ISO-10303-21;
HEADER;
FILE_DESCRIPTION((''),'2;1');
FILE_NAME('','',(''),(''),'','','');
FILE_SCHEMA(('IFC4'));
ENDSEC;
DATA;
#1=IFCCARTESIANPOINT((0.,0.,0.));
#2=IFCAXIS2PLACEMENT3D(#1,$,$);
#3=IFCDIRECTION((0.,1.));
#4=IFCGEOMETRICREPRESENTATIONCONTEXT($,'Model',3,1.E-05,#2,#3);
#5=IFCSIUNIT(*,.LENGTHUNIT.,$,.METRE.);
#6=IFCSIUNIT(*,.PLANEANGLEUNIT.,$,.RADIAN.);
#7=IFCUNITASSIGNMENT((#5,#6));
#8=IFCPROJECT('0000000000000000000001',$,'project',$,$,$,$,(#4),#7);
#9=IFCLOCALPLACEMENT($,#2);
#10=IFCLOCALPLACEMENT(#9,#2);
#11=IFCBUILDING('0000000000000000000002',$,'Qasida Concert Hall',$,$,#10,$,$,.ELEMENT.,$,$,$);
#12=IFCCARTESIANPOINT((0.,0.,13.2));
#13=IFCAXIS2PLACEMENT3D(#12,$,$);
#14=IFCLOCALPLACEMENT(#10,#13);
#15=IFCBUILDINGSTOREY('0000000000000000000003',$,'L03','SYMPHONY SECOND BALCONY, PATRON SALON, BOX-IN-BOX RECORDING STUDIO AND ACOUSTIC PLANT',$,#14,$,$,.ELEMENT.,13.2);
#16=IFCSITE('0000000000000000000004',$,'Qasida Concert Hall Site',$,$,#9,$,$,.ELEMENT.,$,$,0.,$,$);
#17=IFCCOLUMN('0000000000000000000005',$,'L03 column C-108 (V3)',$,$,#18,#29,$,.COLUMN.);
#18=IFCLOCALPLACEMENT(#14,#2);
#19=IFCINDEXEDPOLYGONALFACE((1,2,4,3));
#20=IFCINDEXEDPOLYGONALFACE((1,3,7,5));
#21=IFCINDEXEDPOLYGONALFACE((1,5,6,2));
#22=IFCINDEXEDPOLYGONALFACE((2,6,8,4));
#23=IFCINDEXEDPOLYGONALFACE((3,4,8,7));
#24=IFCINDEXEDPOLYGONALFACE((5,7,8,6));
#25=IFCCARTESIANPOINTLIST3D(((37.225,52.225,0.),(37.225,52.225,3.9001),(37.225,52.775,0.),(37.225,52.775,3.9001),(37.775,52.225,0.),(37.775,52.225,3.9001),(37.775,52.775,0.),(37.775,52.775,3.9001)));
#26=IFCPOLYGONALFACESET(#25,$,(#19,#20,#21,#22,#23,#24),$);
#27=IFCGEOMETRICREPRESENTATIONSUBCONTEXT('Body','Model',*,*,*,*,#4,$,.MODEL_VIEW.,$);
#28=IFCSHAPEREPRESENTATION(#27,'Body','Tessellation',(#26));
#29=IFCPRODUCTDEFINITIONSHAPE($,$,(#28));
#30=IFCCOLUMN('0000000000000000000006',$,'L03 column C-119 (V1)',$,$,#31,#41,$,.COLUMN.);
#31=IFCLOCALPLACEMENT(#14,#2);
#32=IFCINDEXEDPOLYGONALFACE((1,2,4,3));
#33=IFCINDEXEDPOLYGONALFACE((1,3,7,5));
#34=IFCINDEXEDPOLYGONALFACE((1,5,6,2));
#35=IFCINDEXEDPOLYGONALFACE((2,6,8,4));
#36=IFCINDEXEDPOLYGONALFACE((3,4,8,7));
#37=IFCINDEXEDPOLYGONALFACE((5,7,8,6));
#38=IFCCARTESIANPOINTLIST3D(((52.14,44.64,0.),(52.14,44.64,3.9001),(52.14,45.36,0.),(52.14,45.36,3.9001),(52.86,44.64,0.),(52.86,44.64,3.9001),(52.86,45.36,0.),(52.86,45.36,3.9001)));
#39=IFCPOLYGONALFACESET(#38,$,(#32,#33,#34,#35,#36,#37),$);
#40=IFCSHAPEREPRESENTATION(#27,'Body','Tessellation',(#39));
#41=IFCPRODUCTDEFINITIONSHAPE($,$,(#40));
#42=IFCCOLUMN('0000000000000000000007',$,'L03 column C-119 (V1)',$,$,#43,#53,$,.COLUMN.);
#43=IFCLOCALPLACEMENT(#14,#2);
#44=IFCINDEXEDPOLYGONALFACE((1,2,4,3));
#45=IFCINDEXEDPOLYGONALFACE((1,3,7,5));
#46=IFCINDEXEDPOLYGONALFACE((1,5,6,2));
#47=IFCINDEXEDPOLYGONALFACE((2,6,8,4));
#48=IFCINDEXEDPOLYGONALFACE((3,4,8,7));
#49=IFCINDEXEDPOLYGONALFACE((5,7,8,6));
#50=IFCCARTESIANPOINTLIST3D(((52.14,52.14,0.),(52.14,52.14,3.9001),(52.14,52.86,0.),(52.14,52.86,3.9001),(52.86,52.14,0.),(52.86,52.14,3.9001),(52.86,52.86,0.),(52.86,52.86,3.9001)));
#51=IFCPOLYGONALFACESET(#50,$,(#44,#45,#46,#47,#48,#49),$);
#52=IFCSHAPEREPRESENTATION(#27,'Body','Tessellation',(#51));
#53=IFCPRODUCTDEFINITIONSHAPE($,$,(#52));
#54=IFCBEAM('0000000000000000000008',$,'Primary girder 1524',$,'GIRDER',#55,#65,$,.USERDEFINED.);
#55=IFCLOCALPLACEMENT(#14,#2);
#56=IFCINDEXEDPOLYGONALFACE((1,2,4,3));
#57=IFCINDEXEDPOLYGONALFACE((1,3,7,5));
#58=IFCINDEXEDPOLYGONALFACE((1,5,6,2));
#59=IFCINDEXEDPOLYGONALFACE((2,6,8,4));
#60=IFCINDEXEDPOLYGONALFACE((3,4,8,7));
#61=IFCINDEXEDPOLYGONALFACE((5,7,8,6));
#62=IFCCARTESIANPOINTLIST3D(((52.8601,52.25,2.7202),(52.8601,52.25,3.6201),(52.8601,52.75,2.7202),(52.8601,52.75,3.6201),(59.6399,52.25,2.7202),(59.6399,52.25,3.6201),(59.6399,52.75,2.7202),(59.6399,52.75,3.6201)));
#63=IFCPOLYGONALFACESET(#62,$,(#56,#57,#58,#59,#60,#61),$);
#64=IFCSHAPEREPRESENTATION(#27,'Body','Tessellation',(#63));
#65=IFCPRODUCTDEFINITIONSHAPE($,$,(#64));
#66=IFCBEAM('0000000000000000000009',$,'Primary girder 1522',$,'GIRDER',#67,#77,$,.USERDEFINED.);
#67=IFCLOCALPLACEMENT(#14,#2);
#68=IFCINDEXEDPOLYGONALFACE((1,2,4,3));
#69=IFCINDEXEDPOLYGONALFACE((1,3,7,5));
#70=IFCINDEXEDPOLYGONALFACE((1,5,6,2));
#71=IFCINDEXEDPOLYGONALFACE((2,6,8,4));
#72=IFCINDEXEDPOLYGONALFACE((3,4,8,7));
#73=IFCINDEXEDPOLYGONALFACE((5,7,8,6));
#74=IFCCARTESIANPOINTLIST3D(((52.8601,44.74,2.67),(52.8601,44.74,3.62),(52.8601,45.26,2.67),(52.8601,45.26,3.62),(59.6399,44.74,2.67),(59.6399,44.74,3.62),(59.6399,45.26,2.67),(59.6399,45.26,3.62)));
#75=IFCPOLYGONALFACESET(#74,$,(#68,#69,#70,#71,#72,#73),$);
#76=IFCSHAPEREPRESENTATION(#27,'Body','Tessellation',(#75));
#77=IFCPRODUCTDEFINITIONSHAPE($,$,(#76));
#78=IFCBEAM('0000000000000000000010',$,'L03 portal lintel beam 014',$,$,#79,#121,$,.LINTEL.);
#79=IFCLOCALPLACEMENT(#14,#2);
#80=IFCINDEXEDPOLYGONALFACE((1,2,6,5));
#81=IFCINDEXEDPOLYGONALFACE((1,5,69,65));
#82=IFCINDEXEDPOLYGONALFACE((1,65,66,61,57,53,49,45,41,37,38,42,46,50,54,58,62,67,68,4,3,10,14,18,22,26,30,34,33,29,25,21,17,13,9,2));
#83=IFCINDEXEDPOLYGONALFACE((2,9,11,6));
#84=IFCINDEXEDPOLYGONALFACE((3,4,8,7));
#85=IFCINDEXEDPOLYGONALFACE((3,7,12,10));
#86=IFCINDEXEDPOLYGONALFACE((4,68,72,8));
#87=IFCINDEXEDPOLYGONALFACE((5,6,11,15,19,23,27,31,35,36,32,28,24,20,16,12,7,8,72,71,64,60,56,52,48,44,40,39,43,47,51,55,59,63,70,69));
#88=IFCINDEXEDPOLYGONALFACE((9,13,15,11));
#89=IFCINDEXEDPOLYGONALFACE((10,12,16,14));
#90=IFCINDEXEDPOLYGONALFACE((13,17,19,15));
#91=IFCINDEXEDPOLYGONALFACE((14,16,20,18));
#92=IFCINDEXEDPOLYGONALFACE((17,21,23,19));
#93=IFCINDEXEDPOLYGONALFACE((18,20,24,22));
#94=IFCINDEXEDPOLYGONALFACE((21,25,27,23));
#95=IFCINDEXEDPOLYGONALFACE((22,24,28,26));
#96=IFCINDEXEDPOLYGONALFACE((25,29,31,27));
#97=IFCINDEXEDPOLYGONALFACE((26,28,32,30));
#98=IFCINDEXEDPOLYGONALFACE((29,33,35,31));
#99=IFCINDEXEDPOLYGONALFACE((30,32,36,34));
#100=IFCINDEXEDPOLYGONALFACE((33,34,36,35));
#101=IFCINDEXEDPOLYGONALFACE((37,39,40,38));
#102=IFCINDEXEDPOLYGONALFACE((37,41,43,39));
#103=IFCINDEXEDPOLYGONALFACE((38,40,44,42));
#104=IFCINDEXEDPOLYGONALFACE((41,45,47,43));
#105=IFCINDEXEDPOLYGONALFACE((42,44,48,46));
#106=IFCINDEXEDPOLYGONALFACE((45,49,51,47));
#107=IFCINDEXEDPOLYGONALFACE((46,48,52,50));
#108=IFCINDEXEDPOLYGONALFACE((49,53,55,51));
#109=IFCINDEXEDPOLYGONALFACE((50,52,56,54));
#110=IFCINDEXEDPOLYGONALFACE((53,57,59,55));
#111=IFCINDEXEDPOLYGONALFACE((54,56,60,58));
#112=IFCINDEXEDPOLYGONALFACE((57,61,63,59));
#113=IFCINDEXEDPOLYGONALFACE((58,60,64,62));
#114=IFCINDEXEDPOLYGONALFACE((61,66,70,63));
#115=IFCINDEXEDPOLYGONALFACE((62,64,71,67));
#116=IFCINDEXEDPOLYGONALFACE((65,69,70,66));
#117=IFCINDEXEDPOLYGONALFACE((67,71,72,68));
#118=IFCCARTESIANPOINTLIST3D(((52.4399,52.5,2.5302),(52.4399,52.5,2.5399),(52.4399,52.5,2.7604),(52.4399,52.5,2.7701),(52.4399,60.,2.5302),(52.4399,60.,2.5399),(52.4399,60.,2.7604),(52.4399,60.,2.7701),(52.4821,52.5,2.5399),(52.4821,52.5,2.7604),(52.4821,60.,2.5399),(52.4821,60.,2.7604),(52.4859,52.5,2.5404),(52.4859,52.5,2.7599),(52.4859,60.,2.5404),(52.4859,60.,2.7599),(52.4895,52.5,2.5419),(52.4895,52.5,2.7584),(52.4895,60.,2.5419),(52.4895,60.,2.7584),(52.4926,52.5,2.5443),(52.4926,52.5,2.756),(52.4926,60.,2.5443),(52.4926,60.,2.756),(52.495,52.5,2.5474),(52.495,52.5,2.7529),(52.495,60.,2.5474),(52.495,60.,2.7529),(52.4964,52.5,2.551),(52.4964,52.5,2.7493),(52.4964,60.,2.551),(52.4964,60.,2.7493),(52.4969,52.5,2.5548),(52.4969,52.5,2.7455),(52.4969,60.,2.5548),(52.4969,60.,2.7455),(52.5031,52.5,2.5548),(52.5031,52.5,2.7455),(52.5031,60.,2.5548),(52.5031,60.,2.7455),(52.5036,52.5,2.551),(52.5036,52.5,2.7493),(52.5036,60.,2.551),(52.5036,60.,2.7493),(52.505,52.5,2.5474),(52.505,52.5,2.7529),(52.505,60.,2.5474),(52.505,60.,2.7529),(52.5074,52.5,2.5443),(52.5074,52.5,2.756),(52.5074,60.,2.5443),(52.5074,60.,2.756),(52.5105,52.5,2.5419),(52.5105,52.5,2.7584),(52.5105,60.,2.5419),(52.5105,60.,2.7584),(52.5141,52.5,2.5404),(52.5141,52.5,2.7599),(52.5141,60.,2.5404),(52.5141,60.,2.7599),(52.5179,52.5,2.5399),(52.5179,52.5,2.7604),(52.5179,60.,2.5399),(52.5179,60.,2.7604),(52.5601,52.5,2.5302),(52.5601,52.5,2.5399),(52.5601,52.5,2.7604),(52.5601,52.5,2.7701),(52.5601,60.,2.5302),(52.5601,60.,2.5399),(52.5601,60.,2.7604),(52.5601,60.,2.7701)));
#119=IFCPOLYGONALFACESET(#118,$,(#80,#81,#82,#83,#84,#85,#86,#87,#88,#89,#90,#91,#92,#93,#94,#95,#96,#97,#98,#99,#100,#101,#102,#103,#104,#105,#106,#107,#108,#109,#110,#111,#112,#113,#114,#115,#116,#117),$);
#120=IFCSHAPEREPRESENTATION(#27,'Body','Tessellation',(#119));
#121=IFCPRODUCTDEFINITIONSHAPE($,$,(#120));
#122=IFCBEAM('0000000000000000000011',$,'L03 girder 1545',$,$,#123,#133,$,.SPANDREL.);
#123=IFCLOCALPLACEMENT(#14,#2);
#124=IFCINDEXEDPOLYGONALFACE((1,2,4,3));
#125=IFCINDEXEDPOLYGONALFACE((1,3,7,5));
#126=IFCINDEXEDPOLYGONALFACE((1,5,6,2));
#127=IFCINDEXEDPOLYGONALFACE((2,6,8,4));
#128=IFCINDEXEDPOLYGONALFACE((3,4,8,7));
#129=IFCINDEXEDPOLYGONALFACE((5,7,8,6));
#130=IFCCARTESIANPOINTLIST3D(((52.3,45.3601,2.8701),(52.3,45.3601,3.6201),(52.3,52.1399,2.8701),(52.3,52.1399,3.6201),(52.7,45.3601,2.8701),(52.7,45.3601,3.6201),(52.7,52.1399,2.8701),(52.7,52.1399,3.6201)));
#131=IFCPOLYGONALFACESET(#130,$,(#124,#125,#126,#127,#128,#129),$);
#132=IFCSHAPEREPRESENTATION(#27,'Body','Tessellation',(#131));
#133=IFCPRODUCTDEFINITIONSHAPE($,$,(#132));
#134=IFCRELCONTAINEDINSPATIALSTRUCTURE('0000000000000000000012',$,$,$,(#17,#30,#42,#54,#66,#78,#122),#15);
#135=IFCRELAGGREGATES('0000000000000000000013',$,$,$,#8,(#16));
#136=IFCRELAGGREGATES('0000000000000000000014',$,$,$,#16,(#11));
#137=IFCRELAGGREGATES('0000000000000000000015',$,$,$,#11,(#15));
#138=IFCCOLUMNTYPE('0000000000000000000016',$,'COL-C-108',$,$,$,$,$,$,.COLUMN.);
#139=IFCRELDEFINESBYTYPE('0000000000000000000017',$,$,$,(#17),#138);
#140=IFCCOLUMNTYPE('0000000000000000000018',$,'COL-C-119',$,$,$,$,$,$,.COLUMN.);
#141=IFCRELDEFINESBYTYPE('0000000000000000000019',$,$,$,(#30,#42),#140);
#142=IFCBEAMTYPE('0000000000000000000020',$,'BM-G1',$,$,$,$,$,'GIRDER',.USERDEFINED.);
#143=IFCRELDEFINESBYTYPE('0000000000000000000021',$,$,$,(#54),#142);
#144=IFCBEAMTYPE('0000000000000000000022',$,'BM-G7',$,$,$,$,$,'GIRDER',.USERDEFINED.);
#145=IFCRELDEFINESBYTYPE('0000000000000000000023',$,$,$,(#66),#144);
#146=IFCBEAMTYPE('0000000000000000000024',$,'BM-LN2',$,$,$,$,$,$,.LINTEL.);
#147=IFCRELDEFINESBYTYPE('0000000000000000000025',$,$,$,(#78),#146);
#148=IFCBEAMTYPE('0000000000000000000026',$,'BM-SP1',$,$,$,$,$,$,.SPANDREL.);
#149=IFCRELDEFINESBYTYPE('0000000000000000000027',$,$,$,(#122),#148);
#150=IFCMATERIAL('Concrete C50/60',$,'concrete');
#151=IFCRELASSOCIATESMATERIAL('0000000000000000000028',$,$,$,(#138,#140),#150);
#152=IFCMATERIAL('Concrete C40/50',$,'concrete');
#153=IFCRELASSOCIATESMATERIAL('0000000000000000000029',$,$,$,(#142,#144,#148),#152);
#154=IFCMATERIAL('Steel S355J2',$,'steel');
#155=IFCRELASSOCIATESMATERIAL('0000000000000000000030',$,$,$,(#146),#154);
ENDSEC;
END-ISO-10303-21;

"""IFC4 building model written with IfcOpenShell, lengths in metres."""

from ifc_helpers import new_model, si_unit, direction, frame, origin, origin_2d, place, context, subcontext, project, spatial, rectangle, i_section, extrude, material, material_profile, profile_set, type_object, element, save


model = new_model("IFC4")

# Units and contexts
model_context = context("Model", 3, precision=1e-05, world=origin(), true_north=direction((0.0, 1.0)))
body_context = subcontext(model_context, "Body", "Model", "MODEL_VIEW")
ifc_project = project(units=[si_unit("LENGTHUNIT", "METRE"), si_unit("PLANEANGLEUNIT", "RADIAN")], contexts=[model_context])

# Site, building, storey
site_placement = place(None, origin())
site = spatial("IfcSite", under=ifc_project, at=site_placement, Name="Qasida Concert Hall Site", CompositionType="ELEMENT", RefElevation=0.0)
building_placement = place(site_placement, origin())
building = spatial("IfcBuilding", under=site, at=building_placement, Name="Qasida Concert Hall", CompositionType="ELEMENT")
storey_placement = place(building_placement, frame((0.0, 0.0, 13.2)))
storey = spatial("IfcBuildingStorey", under=building, at=storey_placement, Name="L03", Description="SYMPHONY SECOND BALCONY, PATRON SALON, BOX-IN-BOX RECORDING STUDIO AND ACOUSTIC PLANT", CompositionType="ELEMENT", Elevation=13.2)

# Columns
ifc_material_1 = material(Name="Concrete C50/60", Category="concrete")
ifc_material_profile_1 = material_profile(ifc_material_1, rectangle(XDim=0.55, YDim=0.55, at=origin_2d()), Name="RC 550x550")
ifc_profile_set_1 = profile_set([ifc_material_profile_1], Name="Concrete C50/60")
column_type_1 = type_object("IfcColumnType", Name="COL-C-108", PredefinedType="COLUMN", material=ifc_profile_set_1)
column_placement = place(storey_placement, frame((37.5, 52.5, 0.0), z_axis=(0.0, 0.0, 1.0), x_axis=(1.0, 0.0, 0.0)))
element("IfcColumn", 1, at=column_placement, inside=storey, type_object=column_type_1, Name="L03 column C-108 (V3)", PredefinedType="COLUMN", context=body_context, shape_type="SweptSolid", body=[
    extrude(rectangle(XDim=0.55, YDim=0.55, at=origin_2d()), origin(), (0.0, 0.0, 1.0), 3.9001),
])
ifc_material_profile_2 = material_profile(ifc_material_1, rectangle(XDim=0.72, YDim=0.72, at=origin_2d()), Name="RC 720x720")
ifc_profile_set_2 = profile_set([ifc_material_profile_2], Name="Concrete C50/60")
column_type_2 = type_object("IfcColumnType", Name="COL-C-119", PredefinedType="COLUMN", material=ifc_profile_set_2)
for number, where, z_axis, x_axis, name in (
    (2, (52.5, 45.0, 0.0), (0.0, 0.0, 1.0), (1.0, 0.0, 0.0), "L03 column C-119 (V1)"),
    (3, (52.5, 52.5, 0.0), (0.0, 0.0, 1.0), (1.0, 0.0, 0.0), "L03 column C-119 (V1)"),
):
    element("IfcColumn", number, at=place(storey_placement, frame(where, z_axis=z_axis, x_axis=x_axis)), inside=storey, type_object=column_type_2, Name=name, PredefinedType="COLUMN", context=body_context, shape_type="SweptSolid", body=[
        extrude(rectangle(XDim=0.72, YDim=0.72, at=origin_2d()), origin(), (0.0, 0.0, 1.0), 3.9001),
    ])

# Beams
ifc_material_2 = material(Name="Concrete C40/50", Category="concrete")
ifc_material_profile_3 = material_profile(ifc_material_2, rectangle(XDim=0.5, YDim=0.8999, at=origin_2d()), Name="RC 500x900")
ifc_profile_set_3 = profile_set([ifc_material_profile_3], Name="Concrete C40/50")
beam_type_1 = type_object("IfcBeamType", Name="BM-G1", ElementType="GIRDER", PredefinedType="USERDEFINED", material=ifc_profile_set_3)
beam_1_placement = place(storey_placement, frame((52.8601, 52.5, 3.1702), z_axis=(1.0, 0.0, 0.0), x_axis=(0.0, 1.0, 0.0)))
element("IfcBeam", 4, at=beam_1_placement, inside=storey, type_object=beam_type_1, Name="Primary girder 1524", ObjectType="GIRDER", PredefinedType="USERDEFINED", context=body_context, shape_type="SweptSolid", body=[
    extrude(rectangle(XDim=0.5, YDim=0.8999, at=origin_2d()), origin(), (0.0, 0.0, 1.0), 6.7798),
])
ifc_material_profile_4 = material_profile(ifc_material_2, rectangle(XDim=0.52, YDim=0.95, at=origin_2d()), Name="RC 520x950")
ifc_profile_set_4 = profile_set([ifc_material_profile_4], Name="Concrete C40/50")
beam_type_2 = type_object("IfcBeamType", Name="BM-G7", ElementType="GIRDER", PredefinedType="USERDEFINED", material=ifc_profile_set_4)
beam_2_placement = place(storey_placement, frame((52.8601, 45.0, 3.145), z_axis=(1.0, 0.0, 0.0), x_axis=(0.0, 1.0, 0.0)))
element("IfcBeam", 5, at=beam_2_placement, inside=storey, type_object=beam_type_2, Name="Primary girder 1522", ObjectType="GIRDER", PredefinedType="USERDEFINED", context=body_context, shape_type="SweptSolid", body=[
    extrude(rectangle(XDim=0.52, YDim=0.95, at=origin_2d()), origin(), (0.0, 0.0, 1.0), 6.7798),
])
ifc_material_3 = material(Name="Steel S355J2", Category="steel")
ifc_material_profile_5 = material_profile(ifc_material_3, i_section(OverallWidth=0.1201, OverallDepth=0.24, WebThickness=0.0061, FlangeThickness=0.0098, FilletRadius=0.0149, at=origin_2d()), Name="IPE 240")
ifc_profile_set_5 = profile_set([ifc_material_profile_5], Name="Steel S355J2")
beam_type_3 = type_object("IfcBeamType", Name="BM-LN2", PredefinedType="LINTEL", material=ifc_profile_set_5)
beam_3_placement = place(storey_placement, frame((52.5, 52.5, 2.6501), z_axis=(0.0, 1.0, 0.0), x_axis=(-1.0, 0.0, 0.0)))
element("IfcBeam", 6, at=beam_3_placement, inside=storey, type_object=beam_type_3, Name="L03 portal lintel beam 014", PredefinedType="LINTEL", context=body_context, shape_type="SweptSolid", body=[
    extrude(i_section(OverallWidth=0.1201, OverallDepth=0.24, WebThickness=0.0061, FlangeThickness=0.0098, FilletRadius=0.0149, at=origin_2d()), origin(), (0.0, 0.0, 1.0), 7.5),
])
ifc_material_profile_6 = material_profile(ifc_material_2, rectangle(XDim=0.3999, YDim=0.75, at=origin_2d()), Name="RC 400x750")
ifc_profile_set_6 = profile_set([ifc_material_profile_6], Name="Concrete C40/50")
beam_type_4 = type_object("IfcBeamType", Name="BM-SP1", PredefinedType="SPANDREL", material=ifc_profile_set_6)
beam_4_placement = place(storey_placement, frame((52.5, 45.3601, 3.2451), z_axis=(0.0, 1.0, 0.0), x_axis=(-1.0, 0.0, 0.0)))
element("IfcBeam", 7, at=beam_4_placement, inside=storey, type_object=beam_type_4, Name="L03 girder 1545", PredefinedType="SPANDREL", context=body_context, shape_type="SweptSolid", body=[
    extrude(rectangle(XDim=0.3999, YDim=0.75, at=origin_2d()), origin(), (0.0, 0.0, 1.0), 6.7798),
])

save(model, "model.ifc")
